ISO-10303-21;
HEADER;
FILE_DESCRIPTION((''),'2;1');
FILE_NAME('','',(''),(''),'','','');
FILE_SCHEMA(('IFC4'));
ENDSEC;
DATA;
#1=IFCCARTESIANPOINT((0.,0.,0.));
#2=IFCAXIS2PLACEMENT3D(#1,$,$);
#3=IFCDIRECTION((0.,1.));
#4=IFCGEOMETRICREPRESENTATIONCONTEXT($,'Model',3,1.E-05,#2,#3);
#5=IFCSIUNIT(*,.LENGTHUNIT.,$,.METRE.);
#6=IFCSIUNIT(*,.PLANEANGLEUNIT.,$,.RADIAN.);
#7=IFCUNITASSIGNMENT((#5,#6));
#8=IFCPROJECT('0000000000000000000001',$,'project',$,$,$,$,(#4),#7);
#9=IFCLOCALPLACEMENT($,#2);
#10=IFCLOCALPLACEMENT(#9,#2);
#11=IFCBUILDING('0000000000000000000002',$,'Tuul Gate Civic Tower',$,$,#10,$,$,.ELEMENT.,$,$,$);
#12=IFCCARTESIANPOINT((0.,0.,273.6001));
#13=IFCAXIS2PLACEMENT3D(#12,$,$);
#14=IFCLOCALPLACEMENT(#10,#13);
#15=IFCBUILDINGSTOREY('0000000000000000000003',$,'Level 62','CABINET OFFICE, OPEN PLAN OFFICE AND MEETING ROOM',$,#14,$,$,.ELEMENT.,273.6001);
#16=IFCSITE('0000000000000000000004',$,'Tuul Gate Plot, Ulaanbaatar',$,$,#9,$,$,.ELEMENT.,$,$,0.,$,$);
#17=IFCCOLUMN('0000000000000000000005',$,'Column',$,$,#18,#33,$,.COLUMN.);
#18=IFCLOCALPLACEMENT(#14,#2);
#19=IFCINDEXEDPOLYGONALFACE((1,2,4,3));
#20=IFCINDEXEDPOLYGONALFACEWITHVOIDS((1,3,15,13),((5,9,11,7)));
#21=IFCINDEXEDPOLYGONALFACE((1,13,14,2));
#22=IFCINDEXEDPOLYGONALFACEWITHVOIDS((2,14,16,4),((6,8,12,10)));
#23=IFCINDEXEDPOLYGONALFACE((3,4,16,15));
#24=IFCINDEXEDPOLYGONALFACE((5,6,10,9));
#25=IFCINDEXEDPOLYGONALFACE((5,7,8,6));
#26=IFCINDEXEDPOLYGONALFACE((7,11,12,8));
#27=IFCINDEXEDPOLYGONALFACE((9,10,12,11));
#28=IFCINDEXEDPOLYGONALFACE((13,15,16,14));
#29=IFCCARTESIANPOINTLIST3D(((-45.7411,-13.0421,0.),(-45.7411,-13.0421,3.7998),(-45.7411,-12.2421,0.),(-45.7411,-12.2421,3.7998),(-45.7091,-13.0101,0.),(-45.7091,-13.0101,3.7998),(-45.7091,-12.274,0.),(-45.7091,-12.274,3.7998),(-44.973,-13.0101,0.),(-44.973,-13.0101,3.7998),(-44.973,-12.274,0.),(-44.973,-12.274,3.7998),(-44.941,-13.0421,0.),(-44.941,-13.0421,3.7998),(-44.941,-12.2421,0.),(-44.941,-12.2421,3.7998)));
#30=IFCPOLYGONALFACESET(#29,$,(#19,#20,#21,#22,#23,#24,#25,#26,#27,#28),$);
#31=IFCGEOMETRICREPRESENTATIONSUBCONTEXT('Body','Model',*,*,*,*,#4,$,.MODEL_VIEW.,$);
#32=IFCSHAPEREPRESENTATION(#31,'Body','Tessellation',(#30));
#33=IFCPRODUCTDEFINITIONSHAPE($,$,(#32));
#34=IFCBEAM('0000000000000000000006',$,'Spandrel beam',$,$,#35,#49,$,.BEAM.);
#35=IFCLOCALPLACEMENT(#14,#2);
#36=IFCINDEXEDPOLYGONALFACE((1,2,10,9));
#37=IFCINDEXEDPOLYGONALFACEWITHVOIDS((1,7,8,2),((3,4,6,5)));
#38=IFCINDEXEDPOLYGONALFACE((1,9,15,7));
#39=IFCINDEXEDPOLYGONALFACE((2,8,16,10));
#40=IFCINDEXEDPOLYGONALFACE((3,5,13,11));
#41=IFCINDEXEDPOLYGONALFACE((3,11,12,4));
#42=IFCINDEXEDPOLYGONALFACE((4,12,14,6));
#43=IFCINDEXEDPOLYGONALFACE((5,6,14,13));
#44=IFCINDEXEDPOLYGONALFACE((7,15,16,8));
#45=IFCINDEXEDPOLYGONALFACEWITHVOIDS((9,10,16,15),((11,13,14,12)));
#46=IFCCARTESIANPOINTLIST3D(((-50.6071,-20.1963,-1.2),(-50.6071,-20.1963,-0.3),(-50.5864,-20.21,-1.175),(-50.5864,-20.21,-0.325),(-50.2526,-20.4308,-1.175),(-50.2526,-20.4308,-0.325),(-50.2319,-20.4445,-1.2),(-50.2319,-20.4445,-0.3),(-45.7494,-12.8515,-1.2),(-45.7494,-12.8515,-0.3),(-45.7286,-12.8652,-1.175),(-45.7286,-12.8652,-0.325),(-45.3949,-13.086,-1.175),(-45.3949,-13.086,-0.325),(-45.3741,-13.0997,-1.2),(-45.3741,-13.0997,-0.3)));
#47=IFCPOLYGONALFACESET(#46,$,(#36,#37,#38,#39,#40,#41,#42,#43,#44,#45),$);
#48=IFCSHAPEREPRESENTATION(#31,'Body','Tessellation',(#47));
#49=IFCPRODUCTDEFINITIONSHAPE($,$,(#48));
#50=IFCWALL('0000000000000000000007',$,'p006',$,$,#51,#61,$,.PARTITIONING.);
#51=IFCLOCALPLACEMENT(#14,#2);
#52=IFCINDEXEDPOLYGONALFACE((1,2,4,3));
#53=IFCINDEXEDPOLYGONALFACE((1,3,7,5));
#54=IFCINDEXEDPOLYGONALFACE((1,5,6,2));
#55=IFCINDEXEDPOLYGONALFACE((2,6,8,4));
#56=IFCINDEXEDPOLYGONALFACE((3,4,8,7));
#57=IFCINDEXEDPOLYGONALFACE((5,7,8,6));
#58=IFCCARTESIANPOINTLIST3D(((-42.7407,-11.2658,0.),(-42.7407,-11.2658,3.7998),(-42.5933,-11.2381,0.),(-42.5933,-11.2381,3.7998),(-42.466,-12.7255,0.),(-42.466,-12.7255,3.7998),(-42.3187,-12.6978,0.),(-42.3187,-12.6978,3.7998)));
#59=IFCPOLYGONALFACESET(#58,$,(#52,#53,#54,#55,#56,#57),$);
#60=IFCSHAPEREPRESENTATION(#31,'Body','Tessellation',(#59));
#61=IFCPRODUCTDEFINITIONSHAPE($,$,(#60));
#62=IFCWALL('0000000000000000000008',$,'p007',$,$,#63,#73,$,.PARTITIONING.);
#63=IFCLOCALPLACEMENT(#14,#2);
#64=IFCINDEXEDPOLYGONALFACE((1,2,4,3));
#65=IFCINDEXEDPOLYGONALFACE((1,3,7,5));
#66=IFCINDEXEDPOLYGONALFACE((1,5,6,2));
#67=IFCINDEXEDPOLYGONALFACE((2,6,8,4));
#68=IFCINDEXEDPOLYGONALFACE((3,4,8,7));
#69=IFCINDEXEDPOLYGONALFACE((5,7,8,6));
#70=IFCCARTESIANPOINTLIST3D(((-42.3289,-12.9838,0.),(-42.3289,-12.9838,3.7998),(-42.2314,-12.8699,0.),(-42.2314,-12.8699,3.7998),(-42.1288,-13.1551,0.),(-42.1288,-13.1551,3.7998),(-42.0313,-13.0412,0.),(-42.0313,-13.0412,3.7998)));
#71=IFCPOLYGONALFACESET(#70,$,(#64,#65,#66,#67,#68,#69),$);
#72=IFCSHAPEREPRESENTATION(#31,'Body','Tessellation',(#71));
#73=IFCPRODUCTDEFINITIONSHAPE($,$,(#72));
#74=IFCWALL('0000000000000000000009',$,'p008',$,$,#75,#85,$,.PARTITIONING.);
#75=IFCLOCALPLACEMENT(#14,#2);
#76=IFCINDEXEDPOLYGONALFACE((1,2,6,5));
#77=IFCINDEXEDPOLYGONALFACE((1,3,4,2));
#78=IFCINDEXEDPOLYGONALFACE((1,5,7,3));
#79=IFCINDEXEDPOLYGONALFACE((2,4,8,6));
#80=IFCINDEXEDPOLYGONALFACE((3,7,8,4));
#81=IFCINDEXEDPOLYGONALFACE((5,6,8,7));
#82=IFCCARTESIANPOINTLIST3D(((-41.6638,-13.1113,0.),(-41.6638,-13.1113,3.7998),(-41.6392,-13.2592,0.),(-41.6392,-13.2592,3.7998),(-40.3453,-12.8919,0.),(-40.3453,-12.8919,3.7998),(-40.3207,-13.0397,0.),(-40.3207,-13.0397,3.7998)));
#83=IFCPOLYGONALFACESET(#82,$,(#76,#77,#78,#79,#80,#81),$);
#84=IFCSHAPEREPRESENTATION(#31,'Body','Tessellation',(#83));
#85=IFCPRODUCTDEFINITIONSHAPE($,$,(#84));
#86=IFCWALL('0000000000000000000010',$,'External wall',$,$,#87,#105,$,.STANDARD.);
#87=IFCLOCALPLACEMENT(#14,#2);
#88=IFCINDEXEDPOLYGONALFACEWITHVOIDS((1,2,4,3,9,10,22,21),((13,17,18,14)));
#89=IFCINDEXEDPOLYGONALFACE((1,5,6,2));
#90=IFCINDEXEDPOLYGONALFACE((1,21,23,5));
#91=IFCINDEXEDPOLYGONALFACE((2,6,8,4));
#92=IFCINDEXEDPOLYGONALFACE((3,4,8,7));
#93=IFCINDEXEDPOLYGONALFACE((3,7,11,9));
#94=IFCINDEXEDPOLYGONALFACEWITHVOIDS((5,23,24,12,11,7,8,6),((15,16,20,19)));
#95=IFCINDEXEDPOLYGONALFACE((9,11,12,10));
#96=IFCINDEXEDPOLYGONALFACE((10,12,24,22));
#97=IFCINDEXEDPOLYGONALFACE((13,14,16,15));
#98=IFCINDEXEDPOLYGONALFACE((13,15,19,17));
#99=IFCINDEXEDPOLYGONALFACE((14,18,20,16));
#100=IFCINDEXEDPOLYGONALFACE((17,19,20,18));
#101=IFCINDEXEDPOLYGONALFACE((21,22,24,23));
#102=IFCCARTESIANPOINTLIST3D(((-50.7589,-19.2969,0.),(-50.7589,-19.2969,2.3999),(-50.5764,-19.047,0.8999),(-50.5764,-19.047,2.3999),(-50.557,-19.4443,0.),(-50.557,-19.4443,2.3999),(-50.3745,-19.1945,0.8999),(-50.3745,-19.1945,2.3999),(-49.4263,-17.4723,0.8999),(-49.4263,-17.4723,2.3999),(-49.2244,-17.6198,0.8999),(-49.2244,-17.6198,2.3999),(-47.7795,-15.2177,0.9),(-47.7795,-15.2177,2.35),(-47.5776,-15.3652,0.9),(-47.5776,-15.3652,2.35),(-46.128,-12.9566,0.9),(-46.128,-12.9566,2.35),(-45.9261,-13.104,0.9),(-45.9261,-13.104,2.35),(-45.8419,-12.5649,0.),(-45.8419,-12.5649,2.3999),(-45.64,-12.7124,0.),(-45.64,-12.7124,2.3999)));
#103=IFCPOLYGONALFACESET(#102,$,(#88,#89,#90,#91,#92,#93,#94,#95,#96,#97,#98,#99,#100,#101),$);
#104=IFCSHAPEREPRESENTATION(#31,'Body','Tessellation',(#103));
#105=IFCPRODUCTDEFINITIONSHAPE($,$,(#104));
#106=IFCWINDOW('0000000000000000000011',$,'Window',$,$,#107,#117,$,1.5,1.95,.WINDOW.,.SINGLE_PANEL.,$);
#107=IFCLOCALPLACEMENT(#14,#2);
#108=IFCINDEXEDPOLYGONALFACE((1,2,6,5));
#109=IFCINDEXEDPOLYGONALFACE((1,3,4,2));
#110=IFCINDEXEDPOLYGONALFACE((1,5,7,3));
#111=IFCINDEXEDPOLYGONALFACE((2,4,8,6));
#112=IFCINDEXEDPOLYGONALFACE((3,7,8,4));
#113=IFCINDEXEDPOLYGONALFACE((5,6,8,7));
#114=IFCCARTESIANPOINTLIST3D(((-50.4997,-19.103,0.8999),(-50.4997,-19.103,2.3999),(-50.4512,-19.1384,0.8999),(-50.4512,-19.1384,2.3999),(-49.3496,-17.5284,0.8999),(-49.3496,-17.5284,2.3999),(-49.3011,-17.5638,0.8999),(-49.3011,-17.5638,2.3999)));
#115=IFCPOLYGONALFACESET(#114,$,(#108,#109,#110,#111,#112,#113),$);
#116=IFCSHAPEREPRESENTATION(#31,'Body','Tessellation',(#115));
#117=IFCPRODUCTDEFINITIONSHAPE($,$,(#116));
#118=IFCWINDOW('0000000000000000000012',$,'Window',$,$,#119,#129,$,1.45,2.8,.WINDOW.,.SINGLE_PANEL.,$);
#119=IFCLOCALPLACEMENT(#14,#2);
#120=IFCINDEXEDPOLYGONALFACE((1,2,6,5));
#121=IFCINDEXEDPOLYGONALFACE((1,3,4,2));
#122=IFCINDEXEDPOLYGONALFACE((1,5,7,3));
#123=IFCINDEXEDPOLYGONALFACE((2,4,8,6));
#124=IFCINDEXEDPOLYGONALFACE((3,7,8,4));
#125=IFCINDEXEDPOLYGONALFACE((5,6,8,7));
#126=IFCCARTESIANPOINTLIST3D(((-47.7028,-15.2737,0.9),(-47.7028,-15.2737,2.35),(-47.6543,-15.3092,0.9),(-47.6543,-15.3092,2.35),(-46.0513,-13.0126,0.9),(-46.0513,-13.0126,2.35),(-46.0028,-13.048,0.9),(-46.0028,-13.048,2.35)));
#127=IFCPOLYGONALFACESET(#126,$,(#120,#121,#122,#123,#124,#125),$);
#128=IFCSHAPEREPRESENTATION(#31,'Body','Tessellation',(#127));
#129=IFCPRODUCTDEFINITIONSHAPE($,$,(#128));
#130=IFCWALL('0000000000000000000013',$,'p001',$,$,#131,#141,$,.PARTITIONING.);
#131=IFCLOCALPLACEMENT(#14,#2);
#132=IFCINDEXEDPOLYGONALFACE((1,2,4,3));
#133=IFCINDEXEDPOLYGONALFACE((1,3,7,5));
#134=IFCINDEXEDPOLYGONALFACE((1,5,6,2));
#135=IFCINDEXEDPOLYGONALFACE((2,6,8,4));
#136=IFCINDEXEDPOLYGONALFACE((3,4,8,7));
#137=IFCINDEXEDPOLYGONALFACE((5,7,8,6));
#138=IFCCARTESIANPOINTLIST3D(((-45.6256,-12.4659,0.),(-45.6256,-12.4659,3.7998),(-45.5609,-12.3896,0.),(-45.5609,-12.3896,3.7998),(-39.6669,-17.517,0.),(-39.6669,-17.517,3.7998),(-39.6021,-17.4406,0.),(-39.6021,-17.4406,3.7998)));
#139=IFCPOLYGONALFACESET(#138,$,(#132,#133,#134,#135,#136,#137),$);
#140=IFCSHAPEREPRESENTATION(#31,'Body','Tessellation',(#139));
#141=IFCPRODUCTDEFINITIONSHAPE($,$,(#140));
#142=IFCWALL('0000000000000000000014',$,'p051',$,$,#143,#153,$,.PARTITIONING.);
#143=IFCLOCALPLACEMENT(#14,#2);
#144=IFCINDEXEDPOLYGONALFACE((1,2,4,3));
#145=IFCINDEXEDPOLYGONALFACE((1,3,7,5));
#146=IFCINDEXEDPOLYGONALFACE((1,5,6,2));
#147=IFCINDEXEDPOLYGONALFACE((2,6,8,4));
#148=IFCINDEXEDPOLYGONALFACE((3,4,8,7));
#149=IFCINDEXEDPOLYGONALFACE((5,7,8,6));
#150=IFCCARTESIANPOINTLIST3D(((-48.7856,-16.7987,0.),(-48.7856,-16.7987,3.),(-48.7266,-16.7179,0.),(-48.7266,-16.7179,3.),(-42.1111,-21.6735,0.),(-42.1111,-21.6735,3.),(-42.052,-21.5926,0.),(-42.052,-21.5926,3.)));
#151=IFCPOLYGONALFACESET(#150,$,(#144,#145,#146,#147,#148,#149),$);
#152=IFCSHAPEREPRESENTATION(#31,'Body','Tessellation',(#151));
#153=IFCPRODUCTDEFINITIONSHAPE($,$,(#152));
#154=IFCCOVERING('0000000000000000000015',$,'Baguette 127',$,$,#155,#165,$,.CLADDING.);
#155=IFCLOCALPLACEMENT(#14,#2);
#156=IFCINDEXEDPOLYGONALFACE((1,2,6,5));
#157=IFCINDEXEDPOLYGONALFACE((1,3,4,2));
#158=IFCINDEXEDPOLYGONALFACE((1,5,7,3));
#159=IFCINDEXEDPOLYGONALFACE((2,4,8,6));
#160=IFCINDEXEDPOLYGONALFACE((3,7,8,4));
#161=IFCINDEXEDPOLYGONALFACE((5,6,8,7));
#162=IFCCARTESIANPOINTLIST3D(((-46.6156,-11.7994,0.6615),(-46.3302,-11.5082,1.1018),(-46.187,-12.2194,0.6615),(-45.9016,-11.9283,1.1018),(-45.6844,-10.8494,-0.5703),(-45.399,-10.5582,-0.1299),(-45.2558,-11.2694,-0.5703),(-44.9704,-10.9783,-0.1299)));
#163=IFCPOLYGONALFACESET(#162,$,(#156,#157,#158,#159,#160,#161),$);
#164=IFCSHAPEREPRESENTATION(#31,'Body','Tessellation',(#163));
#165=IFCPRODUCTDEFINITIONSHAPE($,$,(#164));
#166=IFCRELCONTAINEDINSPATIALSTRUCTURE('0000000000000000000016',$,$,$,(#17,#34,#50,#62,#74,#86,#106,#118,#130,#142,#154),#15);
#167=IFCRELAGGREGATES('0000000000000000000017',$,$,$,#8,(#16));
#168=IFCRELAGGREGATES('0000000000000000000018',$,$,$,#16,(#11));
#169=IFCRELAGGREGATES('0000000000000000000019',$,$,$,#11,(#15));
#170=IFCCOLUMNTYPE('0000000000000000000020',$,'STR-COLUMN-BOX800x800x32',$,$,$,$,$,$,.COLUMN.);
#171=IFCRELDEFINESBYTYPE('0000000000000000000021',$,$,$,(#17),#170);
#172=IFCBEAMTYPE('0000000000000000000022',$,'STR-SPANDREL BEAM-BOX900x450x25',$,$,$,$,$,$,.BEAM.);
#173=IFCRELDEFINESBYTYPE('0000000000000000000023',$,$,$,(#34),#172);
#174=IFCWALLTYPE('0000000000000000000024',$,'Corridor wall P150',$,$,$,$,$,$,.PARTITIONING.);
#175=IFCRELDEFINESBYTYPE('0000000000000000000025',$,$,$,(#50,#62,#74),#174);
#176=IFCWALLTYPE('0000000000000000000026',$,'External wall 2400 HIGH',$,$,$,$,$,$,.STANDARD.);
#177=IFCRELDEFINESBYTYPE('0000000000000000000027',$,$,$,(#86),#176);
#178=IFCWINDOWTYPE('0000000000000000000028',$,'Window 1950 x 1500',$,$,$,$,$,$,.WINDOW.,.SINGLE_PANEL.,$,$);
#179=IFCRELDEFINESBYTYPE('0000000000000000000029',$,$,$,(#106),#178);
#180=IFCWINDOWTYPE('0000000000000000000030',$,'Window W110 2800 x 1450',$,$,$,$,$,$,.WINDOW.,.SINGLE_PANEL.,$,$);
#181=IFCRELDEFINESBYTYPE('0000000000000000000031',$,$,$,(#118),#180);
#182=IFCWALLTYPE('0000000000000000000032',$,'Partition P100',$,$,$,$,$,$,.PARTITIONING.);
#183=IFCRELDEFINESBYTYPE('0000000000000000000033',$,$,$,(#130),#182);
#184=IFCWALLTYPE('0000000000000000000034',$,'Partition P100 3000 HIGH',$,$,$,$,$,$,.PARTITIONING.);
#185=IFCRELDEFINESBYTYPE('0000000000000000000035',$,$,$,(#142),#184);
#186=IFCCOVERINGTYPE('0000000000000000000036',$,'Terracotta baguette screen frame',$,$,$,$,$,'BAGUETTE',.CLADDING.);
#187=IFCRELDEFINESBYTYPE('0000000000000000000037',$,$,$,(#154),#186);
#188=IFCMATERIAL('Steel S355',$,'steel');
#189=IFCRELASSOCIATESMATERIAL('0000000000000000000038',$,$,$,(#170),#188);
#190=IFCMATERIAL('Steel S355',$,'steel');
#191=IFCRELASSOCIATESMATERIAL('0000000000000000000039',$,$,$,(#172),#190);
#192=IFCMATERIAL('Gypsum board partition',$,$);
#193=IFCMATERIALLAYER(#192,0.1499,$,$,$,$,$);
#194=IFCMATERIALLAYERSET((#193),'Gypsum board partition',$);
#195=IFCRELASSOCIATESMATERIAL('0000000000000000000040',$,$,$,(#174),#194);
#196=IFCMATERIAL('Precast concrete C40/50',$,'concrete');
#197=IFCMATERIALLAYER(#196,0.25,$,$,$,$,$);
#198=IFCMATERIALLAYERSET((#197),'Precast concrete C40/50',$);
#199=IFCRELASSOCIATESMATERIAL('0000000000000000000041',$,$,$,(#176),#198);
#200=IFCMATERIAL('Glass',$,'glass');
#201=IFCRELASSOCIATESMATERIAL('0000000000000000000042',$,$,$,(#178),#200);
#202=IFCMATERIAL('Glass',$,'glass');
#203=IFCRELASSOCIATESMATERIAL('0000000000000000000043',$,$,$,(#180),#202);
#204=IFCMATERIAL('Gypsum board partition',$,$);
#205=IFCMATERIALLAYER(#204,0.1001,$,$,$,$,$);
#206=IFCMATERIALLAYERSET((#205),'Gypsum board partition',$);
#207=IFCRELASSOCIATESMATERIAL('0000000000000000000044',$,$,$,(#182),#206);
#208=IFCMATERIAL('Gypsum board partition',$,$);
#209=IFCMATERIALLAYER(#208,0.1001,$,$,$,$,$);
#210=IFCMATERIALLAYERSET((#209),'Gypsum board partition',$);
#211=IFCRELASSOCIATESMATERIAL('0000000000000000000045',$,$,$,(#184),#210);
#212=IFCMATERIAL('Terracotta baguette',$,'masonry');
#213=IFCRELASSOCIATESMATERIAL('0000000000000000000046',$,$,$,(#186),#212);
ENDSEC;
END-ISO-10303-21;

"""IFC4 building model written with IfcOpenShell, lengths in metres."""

from ifc_helpers import new_model, si_unit, direction, frame, frame_2d, origin, origin_2d, place, context, subcontext, project, spatial, rectangle, hollow_rectangle, extrude, material, layer, layer_set, material_profile, profile_set, type_object, element, fill, save


model = new_model("IFC4")

# Units and contexts
model_context = context("Model", 3, precision=1e-05, world=origin(), true_north=direction((0.0, 1.0)))
body_context = subcontext(model_context, "Body", "Model", "MODEL_VIEW")
ifc_project = project(units=[si_unit("LENGTHUNIT", "METRE"), si_unit("PLANEANGLEUNIT", "RADIAN")], contexts=[model_context])

# Site, building, storey
site_placement = place(None, origin())
site = spatial("IfcSite", under=ifc_project, at=site_placement, Name="Tuul Gate Plot, Ulaanbaatar", CompositionType="ELEMENT", RefElevation=0.0)
building_placement = place(site_placement, origin())
building = spatial("IfcBuilding", under=site, at=building_placement, Name="Tuul Gate Civic Tower", CompositionType="ELEMENT")
storey_placement = place(building_placement, frame((0.0, 0.0, 273.6001)))
storey = spatial("IfcBuildingStorey", under=building, at=storey_placement, Name="Level 62", Description="CABINET OFFICE, OPEN PLAN OFFICE AND MEETING ROOM", CompositionType="ELEMENT", Elevation=273.6001)

# Column
ifc_material_1 = material(Name="Steel S355", Category="steel")
ifc_material_profile_1 = material_profile(ifc_material_1, hollow_rectangle(XDim=0.8, YDim=0.8, WallThickness=0.032, at=origin_2d()), Name="BOX800x800x32")
ifc_profile_set_1 = profile_set([ifc_material_profile_1], Name="Steel S355")
column_type = type_object("IfcColumnType", Name="STR-COLUMN-BOX800x800x32", PredefinedType="COLUMN", material=ifc_profile_set_1)
column_placement = place(storey_placement, frame((-45.3411, -12.6421, 0.0), z_axis=(0.0, 0.0, 1.0), x_axis=(1.0, 0.0, 0.0)))
element("IfcColumn", 1, at=column_placement, inside=storey, type_object=column_type, Name="Column", PredefinedType="COLUMN", context=body_context, shape_type="SweptSolid", body=[
    extrude(hollow_rectangle(XDim=0.8, YDim=0.8, WallThickness=0.032, at=origin_2d()), origin(), (0.0, 0.0, 1.0), 3.7998),
])

# Beam
ifc_material_2 = material(Name="Steel S355", Category="steel")
ifc_material_profile_2 = material_profile(ifc_material_2, hollow_rectangle(XDim=0.45, YDim=0.8999, WallThickness=0.0249, at=origin_2d()), Name="BOX900x450x25")
ifc_profile_set_2 = profile_set([ifc_material_profile_2], Name="Steel S355")
beam_type = type_object("IfcBeamType", Name="STR-SPANDREL BEAM-BOX900x450x25", PredefinedType="BEAM", material=ifc_profile_set_2)
beam_placement = place(storey_placement, frame((-45.5618, -12.9756, -0.75), z_axis=(-0.551645, -0.834079, 0.0), x_axis=(0.834079, -0.551645, 0.0)))
element("IfcBeam", 2, at=beam_placement, inside=storey, type_object=beam_type, Name="Spandrel beam", PredefinedType="BEAM", context=body_context, shape_type="SweptSolid", body=[
    extrude(hollow_rectangle(XDim=0.45, YDim=0.8999, WallThickness=0.0249, at=origin_2d()), origin(), (0.0, 0.0, 1.0), 8.8059),
])

# Walls
ifc_material_3 = material(Name="Gypsum board partition")
ifc_layer_1 = layer(ifc_material_3, 0.1499)
ifc_layer_set_1 = layer_set([ifc_layer_1], Name="Gypsum board partition")
wall_type_1 = type_object("IfcWallType", Name="Corridor wall P150", PredefinedType="PARTITIONING", material=ifc_layer_set_1)
wall_1_placement = place(storey_placement, frame((-42.667, -11.252, 0.0), z_axis=(0.0, 0.0, 1.0), x_axis=(0.184914, -0.982755, 0.0)))
element("IfcWall", 3, at=wall_1_placement, inside=storey, type_object=wall_type_1, Name="p006", PredefinedType="PARTITIONING", context=body_context, shape_type="SweptSolid", body=[
    extrude(rectangle(XDim=1.4854, YDim=0.1499, at=frame_2d((0.7427, 0.0))), origin(), (0.0, 0.0, 1.0), 3.7998),
])
wall_2_placement = place(storey_placement, frame((-42.2803, -12.9268, 0.0), z_axis=(0.0, 0.0, 1.0), x_axis=(0.759649, -0.650334, 0.0)))
element("IfcWall", 4, at=wall_2_placement, inside=storey, type_object=wall_type_1, Name="p007", PredefinedType="PARTITIONING", context=body_context, shape_type="SweptSolid", body=[
    extrude(rectangle(XDim=0.2634, YDim=0.1499, at=frame_2d((0.1318, 0.0))), origin(), (0.0, 0.0, 1.0), 3.7998),
])
wall_3_placement = place(storey_placement, frame((-41.6516, -13.1853, 0.0), z_axis=(0.0, 0.0, 1.0), x_axis=(0.986428, 0.164192, 0.0)))
element("IfcWall", 5, at=wall_3_placement, inside=storey, type_object=wall_type_1, Name="p008", PredefinedType="PARTITIONING", context=body_context, shape_type="SweptSolid", body=[
    extrude(rectangle(XDim=1.3367, YDim=0.1499, at=frame_2d((0.6685, 0.0))), origin(), (0.0, 0.0, 1.0), 3.7998),
])

# Wall, openings, windows
ifc_material_4 = material(Name="Precast concrete C40/50", Category="concrete")
ifc_layer_2 = layer(ifc_material_4, 0.25)
ifc_layer_set_2 = layer_set([ifc_layer_2], Name="Precast concrete C40/50")
wall_type_2 = type_object("IfcWallType", Name="External wall 2400 HIGH", PredefinedType="STANDARD", material=ifc_layer_set_2)
wall_4_placement = place(storey_placement, frame((-45.741, -12.6387, 0.0), z_axis=(0.0, 0.0, 1.0), x_axis=(-0.589821, -0.807534, 0.0)))
wall_4 = element("IfcWall", 6, at=wall_4_placement, inside=storey, type_object=wall_type_2, Name="External wall", PredefinedType="STANDARD", context=body_context, shape_type="SweptSolid", body=[
    extrude(rectangle(XDim=8.3364, YDim=0.25, at=frame_2d((4.1682, 0.0))), origin(), (0.0, 0.0, 1.0), 2.3999),
])
opening_1_placement = place(wall_4_placement, frame((0.4851, 0.0, 0.8999)))
opening_1 = element("IfcOpeningElement", 7, at=opening_1_placement, cuts=wall_4, PredefinedType="OPENING", context=body_context, shape_type="SweptSolid", body=[
    extrude(rectangle(XDim=2.8, YDim=1.45, at=frame_2d((1.3999, 0.7251))), frame((0.0, 0.135, 0.0), z_axis=(0.0, -1.0, 0.0), x_axis=(1.0, 0.0, 0.0)), (0.0, 0.0, 1.0), 0.27),
])
opening_2_placement = place(wall_4_placement, frame((6.0769, 0.0, 0.8999)))
opening_2 = element("IfcOpeningElement", 8, at=opening_2_placement, cuts=wall_4, PredefinedType="OPENING", context=body_context, shape_type="SweptSolid", body=[
    extrude(rectangle(XDim=1.95, YDim=1.5, at=frame_2d((0.9751, 0.75))), frame((0.0, 0.135, 0.0), z_axis=(0.0, -1.0, 0.0), x_axis=(1.0, 0.0, 0.0)), (0.0, 0.0, 1.0), 0.27),
])
ifc_material_5 = material(Name="Glass", Category="glass")
window_type_1 = type_object("IfcWindowType", Name="Window 1950 x 1500", PartitioningType="SINGLE_PANEL", PredefinedType="WINDOW", material=ifc_material_5)
window_1_placement = place(opening_2_placement, origin())
window_1 = element("IfcWindow", 9, at=window_1_placement, inside=storey, type_object=window_type_1, Name="Window", OverallHeight=1.5, OverallWidth=1.95, PartitioningType="SINGLE_PANEL", PredefinedType="WINDOW", context=body_context, shape_type="SweptSolid", body=[
    extrude(rectangle(XDim=1.95, YDim=1.5, at=frame_2d((0.9751, 0.75))), frame((0.0, 0.03, 0.0), z_axis=(0.0, -1.0, 0.0), x_axis=(1.0, 0.0, 0.0)), (0.0, 0.0, 1.0), 0.0601),
])
fill(opening_2, window_1)
ifc_material_6 = material(Name="Glass", Category="glass")
window_type_2 = type_object("IfcWindowType", Name="Window W110 2800 x 1450", PartitioningType="SINGLE_PANEL", PredefinedType="WINDOW", material=ifc_material_6)
window_2_placement = place(opening_1_placement, origin())
window_2 = element("IfcWindow", 10, at=window_2_placement, inside=storey, type_object=window_type_2, Name="Window", OverallHeight=1.45, OverallWidth=2.8, PartitioningType="SINGLE_PANEL", PredefinedType="WINDOW", context=body_context, shape_type="SweptSolid", body=[
    extrude(rectangle(XDim=2.8, YDim=1.45, at=frame_2d((1.3999, 0.7251))), frame((0.0, 0.03, 0.0), z_axis=(0.0, -1.0, 0.0), x_axis=(1.0, 0.0, 0.0)), (0.0, 0.0, 1.0), 0.0601),
])
fill(opening_1, window_2)

# Walls
ifc_material_7 = material(Name="Gypsum board partition")
ifc_layer_3 = layer(ifc_material_7, 0.1001)
ifc_layer_set_3 = layer_set([ifc_layer_3], Name="Gypsum board partition")
wall_type_3 = type_object("IfcWallType", Name="Partition P100", PredefinedType="PARTITIONING", material=ifc_layer_set_3)
wall_5_placement = place(storey_placement, frame((-45.5933, -12.4277, 0.0), z_axis=(0.0, 0.0, 1.0), x_axis=(0.762817, -0.646614, 0.0)))
element("IfcWall", 11, at=wall_5_placement, inside=storey, type_object=wall_type_3, Name="p001", PredefinedType="PARTITIONING", context=body_context, shape_type="SweptSolid", body=[
    extrude(rectangle(XDim=7.8115, YDim=0.1001, at=frame_2d((3.9058, 0.0))), origin(), (0.0, 0.0, 1.0), 3.7998),
])
ifc_material_8 = material(Name="Gypsum board partition")
ifc_layer_4 = layer(ifc_material_8, 0.1001)
ifc_layer_set_4 = layer_set([ifc_layer_4], Name="Gypsum board partition")
wall_type_4 = type_object("IfcWallType", Name="Partition P100 3000 HIGH", PredefinedType="PARTITIONING", material=ifc_layer_set_4)
wall_6_placement = place(storey_placement, frame((-48.7561, -16.7583, 0.0), z_axis=(0.0, 0.0, 1.0), x_axis=(0.807553, -0.589795, 0.0)))
element("IfcWall", 12, at=wall_6_placement, inside=storey, type_object=wall_type_4, Name="p051", PredefinedType="PARTITIONING", context=body_context, shape_type="SweptSolid", body=[
    extrude(rectangle(XDim=8.2651, YDim=0.1001, at=frame_2d((4.1326, 0.0))), origin(), (0.0, 0.0, 1.0), 3.0),
])

# Covering
ifc_material_9 = material(Name="Terracotta baguette", Category="masonry")
ifc_material_profile_3 = material_profile(ifc_material_9, rectangle(XDim=0.6001, YDim=0.6001, at=origin_2d()), Name="Terracotta baguette screen frame")
ifc_profile_set_3 = profile_set([ifc_material_profile_3], Name="Terracotta baguette")
covering_type = type_object("IfcCoveringType", Name="Terracotta baguette screen frame", ElementType="BAGUETTE", PredefinedType="CLADDING", material=ifc_profile_set_3)
covering_1_placement = place(storey_placement, frame((-45.3274, -10.9138, -0.3501), z_axis=(-0.513633, -0.524003, 0.679413), x_axis=(0.714138, -0.700005, 0.0)))
element("IfcCovering", 13, at=covering_1_placement, inside=storey, type_object=covering_type, Name="Baguette 127", PredefinedType="CLADDING", context=body_context, shape_type="SweptSolid", body=[
    extrude(rectangle(XDim=0.6001, YDim=0.6001, at=origin_2d()), origin(), (0.0, 0.0, 1.0), 1.813),
])

save(model, "model.ifc")
